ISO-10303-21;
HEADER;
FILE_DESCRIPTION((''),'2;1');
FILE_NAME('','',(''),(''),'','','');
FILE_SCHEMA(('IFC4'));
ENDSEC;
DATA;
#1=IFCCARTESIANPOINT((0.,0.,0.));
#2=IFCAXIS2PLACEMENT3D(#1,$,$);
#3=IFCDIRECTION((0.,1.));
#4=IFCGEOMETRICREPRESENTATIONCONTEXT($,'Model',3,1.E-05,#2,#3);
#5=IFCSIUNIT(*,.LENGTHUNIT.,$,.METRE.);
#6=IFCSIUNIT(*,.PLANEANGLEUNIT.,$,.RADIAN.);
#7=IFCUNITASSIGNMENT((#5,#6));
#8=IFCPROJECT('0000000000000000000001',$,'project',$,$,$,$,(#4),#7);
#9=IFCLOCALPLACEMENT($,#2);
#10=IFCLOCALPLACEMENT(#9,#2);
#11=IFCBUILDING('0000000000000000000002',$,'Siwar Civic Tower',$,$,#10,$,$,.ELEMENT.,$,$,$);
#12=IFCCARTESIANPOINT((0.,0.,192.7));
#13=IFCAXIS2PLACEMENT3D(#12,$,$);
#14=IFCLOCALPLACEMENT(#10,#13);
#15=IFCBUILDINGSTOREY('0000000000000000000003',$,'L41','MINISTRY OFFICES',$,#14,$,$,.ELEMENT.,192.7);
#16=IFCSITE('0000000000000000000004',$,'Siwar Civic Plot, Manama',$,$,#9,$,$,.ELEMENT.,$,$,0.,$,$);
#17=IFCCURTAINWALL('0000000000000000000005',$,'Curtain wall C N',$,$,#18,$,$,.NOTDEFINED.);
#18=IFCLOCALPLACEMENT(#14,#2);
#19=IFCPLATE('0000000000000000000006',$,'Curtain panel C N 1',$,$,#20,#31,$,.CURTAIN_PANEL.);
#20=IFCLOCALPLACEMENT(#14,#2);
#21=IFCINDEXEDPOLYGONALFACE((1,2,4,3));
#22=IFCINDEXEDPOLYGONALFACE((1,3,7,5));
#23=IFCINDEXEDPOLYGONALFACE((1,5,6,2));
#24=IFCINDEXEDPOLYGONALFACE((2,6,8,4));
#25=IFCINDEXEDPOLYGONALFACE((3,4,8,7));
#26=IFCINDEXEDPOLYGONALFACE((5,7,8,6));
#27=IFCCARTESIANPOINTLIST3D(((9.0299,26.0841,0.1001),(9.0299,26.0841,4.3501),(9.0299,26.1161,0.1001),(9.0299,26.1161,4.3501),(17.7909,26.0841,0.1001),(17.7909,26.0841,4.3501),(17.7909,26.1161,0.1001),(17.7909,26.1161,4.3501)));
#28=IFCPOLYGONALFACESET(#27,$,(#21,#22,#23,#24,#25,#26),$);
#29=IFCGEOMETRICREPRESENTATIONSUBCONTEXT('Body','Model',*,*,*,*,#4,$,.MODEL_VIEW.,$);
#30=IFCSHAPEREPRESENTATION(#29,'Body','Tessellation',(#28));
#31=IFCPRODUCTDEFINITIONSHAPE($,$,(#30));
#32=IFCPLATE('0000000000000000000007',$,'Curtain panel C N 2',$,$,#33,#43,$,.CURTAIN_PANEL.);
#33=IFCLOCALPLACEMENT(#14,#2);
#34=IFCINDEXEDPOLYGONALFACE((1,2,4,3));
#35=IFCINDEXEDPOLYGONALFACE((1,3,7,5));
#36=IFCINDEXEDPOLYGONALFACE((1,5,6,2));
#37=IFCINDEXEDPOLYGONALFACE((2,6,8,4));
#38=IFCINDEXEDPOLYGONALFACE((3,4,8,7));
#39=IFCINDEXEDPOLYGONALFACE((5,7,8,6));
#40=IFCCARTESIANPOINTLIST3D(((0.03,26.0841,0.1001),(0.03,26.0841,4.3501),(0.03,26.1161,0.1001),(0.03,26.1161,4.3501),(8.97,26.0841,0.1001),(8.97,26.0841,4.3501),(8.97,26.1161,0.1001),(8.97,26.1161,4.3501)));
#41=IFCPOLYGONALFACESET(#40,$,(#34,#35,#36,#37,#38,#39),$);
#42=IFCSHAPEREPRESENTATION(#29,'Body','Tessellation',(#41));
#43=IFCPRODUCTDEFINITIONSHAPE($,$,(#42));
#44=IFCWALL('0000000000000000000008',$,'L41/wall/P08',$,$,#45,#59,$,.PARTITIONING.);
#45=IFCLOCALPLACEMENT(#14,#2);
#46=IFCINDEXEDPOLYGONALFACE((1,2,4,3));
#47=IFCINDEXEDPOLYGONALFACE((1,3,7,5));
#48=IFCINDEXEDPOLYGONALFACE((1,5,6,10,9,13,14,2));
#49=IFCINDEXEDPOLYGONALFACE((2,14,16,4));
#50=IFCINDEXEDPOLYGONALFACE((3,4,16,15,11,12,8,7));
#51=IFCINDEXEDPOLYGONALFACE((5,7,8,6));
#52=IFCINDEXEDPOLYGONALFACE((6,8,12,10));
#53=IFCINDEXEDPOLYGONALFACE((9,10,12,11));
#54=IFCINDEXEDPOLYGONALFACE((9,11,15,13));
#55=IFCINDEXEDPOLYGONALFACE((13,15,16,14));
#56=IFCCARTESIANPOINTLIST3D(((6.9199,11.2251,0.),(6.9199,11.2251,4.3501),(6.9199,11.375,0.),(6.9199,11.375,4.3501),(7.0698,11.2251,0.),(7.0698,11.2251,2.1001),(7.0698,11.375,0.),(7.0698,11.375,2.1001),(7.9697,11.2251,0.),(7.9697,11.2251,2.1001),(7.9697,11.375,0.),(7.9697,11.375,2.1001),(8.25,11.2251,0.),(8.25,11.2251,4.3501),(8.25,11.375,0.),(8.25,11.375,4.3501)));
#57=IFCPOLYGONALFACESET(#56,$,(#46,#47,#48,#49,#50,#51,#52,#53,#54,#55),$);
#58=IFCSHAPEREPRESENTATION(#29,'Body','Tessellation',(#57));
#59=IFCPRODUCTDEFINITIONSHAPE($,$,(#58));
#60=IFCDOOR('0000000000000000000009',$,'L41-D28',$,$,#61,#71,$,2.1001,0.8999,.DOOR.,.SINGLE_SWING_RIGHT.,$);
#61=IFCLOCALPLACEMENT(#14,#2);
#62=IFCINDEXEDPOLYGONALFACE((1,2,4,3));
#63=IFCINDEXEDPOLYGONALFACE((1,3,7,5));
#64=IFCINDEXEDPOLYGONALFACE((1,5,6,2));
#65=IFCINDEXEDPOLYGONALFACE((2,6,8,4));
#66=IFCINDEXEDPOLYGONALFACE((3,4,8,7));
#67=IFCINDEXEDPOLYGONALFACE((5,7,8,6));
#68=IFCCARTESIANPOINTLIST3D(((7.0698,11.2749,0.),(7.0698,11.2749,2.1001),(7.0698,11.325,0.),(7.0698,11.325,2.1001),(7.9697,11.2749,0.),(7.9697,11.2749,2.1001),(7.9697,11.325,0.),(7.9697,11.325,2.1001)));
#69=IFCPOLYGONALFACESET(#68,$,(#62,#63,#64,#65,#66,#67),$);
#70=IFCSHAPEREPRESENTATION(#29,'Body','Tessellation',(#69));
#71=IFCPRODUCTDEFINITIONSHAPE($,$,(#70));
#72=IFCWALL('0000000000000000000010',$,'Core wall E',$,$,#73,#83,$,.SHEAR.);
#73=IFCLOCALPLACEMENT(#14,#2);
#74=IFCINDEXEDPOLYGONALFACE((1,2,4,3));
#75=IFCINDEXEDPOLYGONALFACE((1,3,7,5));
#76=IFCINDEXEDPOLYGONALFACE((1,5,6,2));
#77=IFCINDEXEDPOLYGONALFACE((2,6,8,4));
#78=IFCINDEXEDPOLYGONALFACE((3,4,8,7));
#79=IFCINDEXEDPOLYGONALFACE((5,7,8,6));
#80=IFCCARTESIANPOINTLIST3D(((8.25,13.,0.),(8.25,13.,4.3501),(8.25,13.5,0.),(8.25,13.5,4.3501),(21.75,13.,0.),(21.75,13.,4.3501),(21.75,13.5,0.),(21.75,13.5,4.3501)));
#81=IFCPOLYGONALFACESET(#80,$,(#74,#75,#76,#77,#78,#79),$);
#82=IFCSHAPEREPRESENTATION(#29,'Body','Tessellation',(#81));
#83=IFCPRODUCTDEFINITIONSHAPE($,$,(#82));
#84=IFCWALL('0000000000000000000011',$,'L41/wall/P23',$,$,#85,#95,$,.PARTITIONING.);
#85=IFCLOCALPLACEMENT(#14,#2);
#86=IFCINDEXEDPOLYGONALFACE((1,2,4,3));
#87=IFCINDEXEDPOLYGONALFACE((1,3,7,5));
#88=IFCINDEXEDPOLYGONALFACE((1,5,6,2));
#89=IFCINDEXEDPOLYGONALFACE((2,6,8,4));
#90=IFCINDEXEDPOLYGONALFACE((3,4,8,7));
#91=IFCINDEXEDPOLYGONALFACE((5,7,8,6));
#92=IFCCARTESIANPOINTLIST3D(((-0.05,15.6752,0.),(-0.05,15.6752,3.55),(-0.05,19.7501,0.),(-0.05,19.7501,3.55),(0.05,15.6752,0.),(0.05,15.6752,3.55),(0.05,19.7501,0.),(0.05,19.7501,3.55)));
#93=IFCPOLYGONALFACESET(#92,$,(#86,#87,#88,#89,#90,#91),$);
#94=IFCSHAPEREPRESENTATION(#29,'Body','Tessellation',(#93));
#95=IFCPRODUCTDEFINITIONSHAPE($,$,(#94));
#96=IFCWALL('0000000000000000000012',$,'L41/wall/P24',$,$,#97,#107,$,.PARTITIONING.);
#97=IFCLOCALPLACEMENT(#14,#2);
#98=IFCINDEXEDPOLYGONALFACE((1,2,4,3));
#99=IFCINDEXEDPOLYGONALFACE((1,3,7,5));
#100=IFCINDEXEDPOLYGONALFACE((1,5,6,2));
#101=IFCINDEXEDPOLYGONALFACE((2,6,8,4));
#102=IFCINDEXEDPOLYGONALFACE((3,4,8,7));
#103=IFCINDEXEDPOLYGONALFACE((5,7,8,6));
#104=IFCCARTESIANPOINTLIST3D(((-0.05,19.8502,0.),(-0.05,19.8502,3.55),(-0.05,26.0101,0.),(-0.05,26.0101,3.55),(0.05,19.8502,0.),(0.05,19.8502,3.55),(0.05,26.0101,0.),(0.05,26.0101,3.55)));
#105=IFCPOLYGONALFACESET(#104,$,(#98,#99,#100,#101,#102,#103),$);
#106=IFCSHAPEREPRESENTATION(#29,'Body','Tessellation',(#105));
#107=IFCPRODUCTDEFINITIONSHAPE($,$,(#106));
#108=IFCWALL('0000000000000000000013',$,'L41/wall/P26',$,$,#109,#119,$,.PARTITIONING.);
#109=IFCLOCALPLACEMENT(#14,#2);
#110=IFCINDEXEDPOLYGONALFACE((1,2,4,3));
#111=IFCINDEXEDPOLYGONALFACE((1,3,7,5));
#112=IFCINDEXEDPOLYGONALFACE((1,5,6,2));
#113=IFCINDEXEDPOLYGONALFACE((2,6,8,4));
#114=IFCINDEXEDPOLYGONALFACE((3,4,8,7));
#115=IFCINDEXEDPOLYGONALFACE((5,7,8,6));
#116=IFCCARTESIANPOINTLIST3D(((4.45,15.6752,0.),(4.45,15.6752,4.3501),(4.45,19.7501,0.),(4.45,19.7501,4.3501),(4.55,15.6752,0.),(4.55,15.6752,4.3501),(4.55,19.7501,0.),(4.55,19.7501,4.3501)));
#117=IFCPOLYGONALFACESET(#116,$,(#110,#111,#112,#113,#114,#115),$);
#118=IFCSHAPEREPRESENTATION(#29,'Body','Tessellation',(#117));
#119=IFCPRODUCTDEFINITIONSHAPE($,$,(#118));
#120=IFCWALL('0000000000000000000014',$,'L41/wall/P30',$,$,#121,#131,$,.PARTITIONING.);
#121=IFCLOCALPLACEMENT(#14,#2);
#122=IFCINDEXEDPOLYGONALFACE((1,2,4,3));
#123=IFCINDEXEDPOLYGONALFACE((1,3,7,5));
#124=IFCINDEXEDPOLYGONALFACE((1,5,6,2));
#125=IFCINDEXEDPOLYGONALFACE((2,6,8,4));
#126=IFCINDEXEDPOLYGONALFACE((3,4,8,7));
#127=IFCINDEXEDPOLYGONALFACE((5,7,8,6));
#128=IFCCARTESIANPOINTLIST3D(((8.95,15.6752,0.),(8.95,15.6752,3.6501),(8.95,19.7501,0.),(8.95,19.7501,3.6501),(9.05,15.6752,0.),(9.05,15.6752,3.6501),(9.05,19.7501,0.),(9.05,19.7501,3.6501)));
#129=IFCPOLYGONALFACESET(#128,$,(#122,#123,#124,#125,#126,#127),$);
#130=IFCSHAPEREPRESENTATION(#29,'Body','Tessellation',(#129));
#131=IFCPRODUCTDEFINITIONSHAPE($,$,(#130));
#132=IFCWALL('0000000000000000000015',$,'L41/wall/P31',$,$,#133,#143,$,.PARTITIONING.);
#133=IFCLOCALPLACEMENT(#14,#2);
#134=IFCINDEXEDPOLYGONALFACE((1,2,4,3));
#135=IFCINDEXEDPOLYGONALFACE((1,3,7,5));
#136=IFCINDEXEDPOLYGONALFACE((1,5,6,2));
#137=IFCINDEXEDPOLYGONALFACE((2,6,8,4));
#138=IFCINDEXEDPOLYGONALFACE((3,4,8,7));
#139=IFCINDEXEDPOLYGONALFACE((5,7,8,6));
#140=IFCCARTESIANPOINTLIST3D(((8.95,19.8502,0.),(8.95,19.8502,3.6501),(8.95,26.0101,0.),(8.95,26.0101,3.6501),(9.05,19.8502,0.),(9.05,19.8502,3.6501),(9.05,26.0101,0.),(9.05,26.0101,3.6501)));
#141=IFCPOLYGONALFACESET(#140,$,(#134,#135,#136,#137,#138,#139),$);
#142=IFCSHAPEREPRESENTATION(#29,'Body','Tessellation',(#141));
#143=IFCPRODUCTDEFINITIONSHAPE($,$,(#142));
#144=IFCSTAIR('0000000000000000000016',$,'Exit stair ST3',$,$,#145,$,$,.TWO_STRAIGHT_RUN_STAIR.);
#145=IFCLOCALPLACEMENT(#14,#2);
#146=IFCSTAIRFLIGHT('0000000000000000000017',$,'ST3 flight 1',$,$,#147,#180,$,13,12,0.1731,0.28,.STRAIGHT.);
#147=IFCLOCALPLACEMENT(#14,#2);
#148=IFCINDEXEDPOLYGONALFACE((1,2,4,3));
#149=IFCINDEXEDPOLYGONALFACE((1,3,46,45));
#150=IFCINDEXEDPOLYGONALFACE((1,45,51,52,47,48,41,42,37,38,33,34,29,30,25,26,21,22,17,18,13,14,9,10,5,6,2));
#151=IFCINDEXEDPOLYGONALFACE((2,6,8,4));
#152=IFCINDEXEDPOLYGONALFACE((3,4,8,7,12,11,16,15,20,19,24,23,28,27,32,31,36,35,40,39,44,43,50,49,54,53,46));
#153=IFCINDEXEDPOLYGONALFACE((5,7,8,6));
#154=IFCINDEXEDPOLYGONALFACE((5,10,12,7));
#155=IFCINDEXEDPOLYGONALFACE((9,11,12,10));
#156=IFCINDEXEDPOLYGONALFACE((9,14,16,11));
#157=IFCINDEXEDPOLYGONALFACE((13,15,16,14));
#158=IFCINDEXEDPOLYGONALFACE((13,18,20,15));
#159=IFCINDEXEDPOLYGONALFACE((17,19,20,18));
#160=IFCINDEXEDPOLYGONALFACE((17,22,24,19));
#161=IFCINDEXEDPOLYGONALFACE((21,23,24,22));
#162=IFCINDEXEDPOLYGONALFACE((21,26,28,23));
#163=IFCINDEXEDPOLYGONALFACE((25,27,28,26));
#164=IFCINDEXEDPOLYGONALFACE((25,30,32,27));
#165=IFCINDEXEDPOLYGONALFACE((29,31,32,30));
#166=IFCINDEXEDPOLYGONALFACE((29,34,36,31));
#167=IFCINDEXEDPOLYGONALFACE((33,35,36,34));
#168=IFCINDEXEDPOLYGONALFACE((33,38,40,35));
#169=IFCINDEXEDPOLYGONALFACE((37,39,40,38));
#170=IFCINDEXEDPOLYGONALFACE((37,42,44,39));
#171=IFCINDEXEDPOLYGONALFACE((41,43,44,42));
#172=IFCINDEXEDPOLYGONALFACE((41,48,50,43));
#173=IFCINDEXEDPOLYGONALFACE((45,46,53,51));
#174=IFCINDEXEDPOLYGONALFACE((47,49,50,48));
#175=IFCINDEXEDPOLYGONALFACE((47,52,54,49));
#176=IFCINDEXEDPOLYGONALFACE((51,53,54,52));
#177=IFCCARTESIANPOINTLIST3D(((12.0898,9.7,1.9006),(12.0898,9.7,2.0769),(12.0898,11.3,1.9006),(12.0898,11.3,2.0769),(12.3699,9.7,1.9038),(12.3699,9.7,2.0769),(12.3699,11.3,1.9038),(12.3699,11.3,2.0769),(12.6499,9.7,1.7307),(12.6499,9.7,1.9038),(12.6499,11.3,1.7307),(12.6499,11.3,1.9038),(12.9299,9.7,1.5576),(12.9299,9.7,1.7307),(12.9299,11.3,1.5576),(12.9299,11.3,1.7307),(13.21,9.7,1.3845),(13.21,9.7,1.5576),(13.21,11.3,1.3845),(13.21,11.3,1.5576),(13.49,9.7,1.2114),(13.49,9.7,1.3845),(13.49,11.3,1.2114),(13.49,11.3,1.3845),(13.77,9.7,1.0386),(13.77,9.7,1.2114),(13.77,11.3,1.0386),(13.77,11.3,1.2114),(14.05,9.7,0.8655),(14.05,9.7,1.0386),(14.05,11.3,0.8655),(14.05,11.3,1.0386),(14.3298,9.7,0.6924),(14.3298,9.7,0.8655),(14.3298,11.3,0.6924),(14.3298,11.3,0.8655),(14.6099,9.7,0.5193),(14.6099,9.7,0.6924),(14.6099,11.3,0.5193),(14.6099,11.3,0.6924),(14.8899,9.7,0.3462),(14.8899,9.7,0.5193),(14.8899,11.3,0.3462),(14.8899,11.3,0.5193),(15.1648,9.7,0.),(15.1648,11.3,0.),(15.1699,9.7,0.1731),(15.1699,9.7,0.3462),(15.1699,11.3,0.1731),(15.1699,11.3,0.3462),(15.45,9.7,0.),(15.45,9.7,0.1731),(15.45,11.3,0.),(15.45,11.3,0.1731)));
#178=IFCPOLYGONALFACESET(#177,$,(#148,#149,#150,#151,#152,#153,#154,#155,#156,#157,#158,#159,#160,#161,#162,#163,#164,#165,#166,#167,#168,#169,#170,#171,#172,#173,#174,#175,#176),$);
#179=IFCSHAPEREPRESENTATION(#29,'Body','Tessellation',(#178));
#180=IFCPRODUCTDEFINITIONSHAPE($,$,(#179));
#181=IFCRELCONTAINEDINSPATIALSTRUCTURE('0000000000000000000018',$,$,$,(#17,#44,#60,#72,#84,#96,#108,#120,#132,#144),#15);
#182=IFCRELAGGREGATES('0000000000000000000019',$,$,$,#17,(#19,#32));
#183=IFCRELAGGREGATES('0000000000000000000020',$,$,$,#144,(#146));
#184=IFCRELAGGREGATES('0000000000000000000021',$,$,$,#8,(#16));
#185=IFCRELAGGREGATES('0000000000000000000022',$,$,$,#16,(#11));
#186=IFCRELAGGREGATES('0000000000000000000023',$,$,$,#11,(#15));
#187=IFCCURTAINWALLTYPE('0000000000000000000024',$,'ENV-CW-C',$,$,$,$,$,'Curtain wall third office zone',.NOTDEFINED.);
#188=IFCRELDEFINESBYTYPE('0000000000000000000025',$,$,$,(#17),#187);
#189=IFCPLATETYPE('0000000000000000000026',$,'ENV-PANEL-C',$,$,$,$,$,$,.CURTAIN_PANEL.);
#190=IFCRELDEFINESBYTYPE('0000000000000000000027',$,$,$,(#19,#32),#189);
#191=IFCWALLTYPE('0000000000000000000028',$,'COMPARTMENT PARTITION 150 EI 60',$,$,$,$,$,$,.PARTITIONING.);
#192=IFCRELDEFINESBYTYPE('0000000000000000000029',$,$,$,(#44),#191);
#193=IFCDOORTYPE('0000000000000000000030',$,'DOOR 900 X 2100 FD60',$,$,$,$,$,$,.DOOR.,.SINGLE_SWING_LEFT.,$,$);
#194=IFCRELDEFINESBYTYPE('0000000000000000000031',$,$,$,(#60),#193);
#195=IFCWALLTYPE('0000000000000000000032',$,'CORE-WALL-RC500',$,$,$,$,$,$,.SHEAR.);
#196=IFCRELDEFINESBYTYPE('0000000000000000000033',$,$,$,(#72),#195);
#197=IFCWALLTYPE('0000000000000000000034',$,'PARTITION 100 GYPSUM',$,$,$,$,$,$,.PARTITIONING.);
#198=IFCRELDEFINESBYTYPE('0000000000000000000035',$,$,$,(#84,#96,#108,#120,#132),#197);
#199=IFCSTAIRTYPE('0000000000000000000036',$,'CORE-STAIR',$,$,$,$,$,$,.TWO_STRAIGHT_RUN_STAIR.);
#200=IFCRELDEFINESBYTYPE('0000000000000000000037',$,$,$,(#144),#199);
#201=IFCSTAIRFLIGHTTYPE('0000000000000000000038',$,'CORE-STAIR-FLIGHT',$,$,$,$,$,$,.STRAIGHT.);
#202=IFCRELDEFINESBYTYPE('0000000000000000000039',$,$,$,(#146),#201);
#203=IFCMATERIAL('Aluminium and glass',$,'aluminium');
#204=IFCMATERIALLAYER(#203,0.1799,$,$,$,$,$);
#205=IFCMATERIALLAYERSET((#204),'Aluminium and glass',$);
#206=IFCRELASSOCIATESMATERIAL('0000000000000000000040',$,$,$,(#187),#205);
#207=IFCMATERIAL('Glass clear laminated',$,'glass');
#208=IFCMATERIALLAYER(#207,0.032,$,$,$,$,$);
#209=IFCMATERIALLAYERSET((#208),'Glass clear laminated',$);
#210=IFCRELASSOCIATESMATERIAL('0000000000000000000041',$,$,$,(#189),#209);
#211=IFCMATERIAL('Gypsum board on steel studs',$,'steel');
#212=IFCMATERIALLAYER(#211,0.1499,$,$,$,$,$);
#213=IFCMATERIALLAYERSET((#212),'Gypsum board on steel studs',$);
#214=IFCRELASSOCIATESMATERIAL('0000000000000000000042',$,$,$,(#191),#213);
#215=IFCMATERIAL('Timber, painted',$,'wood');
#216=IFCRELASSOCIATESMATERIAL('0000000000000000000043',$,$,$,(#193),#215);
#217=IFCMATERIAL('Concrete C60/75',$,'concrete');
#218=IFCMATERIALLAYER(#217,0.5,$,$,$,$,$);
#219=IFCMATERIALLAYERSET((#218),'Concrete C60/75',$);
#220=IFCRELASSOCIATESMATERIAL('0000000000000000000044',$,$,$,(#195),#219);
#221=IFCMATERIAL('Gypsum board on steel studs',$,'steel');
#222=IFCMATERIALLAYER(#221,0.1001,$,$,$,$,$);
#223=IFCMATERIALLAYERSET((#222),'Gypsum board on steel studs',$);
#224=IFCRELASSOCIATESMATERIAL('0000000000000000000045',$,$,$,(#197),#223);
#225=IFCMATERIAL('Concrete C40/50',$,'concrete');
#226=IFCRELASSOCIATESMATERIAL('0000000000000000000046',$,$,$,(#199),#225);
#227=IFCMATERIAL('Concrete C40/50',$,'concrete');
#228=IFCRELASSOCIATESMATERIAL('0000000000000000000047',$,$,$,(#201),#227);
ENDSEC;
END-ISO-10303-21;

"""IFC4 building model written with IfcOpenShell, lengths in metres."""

from ifc_helpers import new_model, si_unit, direction, frame, frame_2d, origin, origin_2d, place, context, subcontext, project, spatial, polyline, rectangle, outline, extrude, material, layer, layer_set, type_object, element, fill, aggregate, save


model = new_model("IFC4")

# Units and contexts
model_context = context("Model", 3, precision=1e-05, world=origin(), true_north=direction((0.0, 1.0)))
body_context = subcontext(model_context, "Body", "Model", "MODEL_VIEW")
ifc_project = project(units=[si_unit("LENGTHUNIT", "METRE"), si_unit("PLANEANGLEUNIT", "RADIAN")], contexts=[model_context])

# Site, building, storey
site_placement = place(None, origin())
site = spatial("IfcSite", under=ifc_project, at=site_placement, Name="Siwar Civic Plot, Manama", CompositionType="ELEMENT", RefElevation=0.0)
building_placement = place(site_placement, origin())
building = spatial("IfcBuilding", under=site, at=building_placement, Name="Siwar Civic Tower", CompositionType="ELEMENT")
storey_placement = place(building_placement, frame((0.0, 0.0, 192.7)))
storey = spatial("IfcBuildingStorey", under=building, at=storey_placement, Name="L41", Description="MINISTRY OFFICES", CompositionType="ELEMENT", Elevation=192.7)

# Curtain wall
ifc_material_1 = material(Name="Aluminium and glass", Category="aluminium")
ifc_layer_1 = layer(ifc_material_1, 0.1799)
ifc_layer_set_1 = layer_set([ifc_layer_1], Name="Aluminium and glass")
curtain_wall_type = type_object("IfcCurtainWallType", Name="ENV-CW-C", ElementType="Curtain wall third office zone", PredefinedType="NOTDEFINED", material=ifc_layer_set_1)
curtain_wall_placement = place(storey_placement, origin())
curtain_wall = element("IfcCurtainWall", 1, at=curtain_wall_placement, inside=storey, type_object=curtain_wall_type, Name="Curtain wall C N", PredefinedType="NOTDEFINED")

# Plates
ifc_material_2 = material(Name="Glass clear laminated", Category="glass")
ifc_layer_2 = layer(ifc_material_2, 0.032)
ifc_layer_set_2 = layer_set([ifc_layer_2], Name="Glass clear laminated")
plate_type = type_object("IfcPlateType", Name="ENV-PANEL-C", PredefinedType="CURTAIN_PANEL", material=ifc_layer_set_2)
plate_1_placement = place(storey_placement, frame((13.4104, 26.1001, 0.1001), z_axis=(0.0, 0.0, 1.0), x_axis=(-1.0, 0.0, 0.0)))
plate_1 = element("IfcPlate", 2, at=plate_1_placement, type_object=plate_type, Name="Curtain panel C N 1", PredefinedType="CURTAIN_PANEL", context=body_context, shape_type="SweptSolid", body=[
    extrude(rectangle(XDim=8.761, YDim=0.032, at=origin_2d()), origin(), (0.0, 0.0, 1.0), 4.25),
])
plate_2_placement = place(storey_placement, frame((4.5, 26.1001, 0.1001), z_axis=(0.0, 0.0, 1.0), x_axis=(-1.0, 0.0, 0.0)))
plate_2 = element("IfcPlate", 3, at=plate_2_placement, type_object=plate_type, Name="Curtain panel C N 2", PredefinedType="CURTAIN_PANEL", context=body_context, shape_type="SweptSolid", body=[
    extrude(rectangle(XDim=8.9399, YDim=0.032, at=origin_2d()), origin(), (0.0, 0.0, 1.0), 4.25),
])
aggregate(curtain_wall, [plate_1, plate_2])

# Wall, opening, door
ifc_material_3 = material(Name="Gypsum board on steel studs", Category="steel")
ifc_layer_3 = layer(ifc_material_3, 0.1499)
ifc_layer_set_3 = layer_set([ifc_layer_3], Name="Gypsum board on steel studs")
wall_type_1 = type_object("IfcWallType", Name="COMPARTMENT PARTITION 150 EI 60", PredefinedType="PARTITIONING", material=ifc_layer_set_3)
wall_1_placement = place(storey_placement, frame((6.9199, 11.3, 0.0), z_axis=(0.0, 0.0, 1.0), x_axis=(1.0, 0.0, 0.0)))
wall_1 = element("IfcWall", 4, at=wall_1_placement, inside=storey, type_object=wall_type_1, Name="L41/wall/P08", PredefinedType="PARTITIONING", context=body_context, shape_type="SweptSolid", body=[
    extrude(rectangle(XDim=1.3301, YDim=0.1499, at=frame_2d((0.665, 0.0))), origin(), (0.0, 0.0, 1.0), 4.3501),
])
opening_placement = place(wall_1_placement, frame((0.1499, 0.0, 0.0)))
opening = element("IfcOpeningElement", 5, at=opening_placement, cuts=wall_1, PredefinedType="OPENING", context=body_context, shape_type="SweptSolid", body=[
    extrude(rectangle(XDim=0.8999, YDim=2.1001, at=frame_2d((0.45, 1.05))), frame((0.0, 0.085, 0.0), z_axis=(0.0, -1.0, 0.0), x_axis=(1.0, 0.0, 0.0)), (0.0, 0.0, 1.0), 0.1699),
])
ifc_material_4 = material(Name="Timber, painted", Category="wood")
door_type = type_object("IfcDoorType", Name="DOOR 900 X 2100 FD60", OperationType="SINGLE_SWING_LEFT", PredefinedType="DOOR", material=ifc_material_4)
door_placement = place(opening_placement, origin())
door = element("IfcDoor", 6, at=door_placement, inside=storey, type_object=door_type, Name="L41-D28", OperationType="SINGLE_SWING_RIGHT", OverallHeight=2.1001, OverallWidth=0.8999, PredefinedType="DOOR", context=body_context, shape_type="SweptSolid", body=[
    extrude(rectangle(XDim=0.8999, YDim=2.1001, at=frame_2d((0.45, 1.05))), frame((0.0, 0.0249, 0.0), z_axis=(0.0, -1.0, 0.0), x_axis=(1.0, 0.0, 0.0)), (0.0, 0.0, 1.0), 0.05),
])
fill(opening, door)

# Walls
ifc_material_5 = material(Name="Concrete C60/75", Category="concrete")
ifc_layer_4 = layer(ifc_material_5, 0.5)
ifc_layer_set_4 = layer_set([ifc_layer_4], Name="Concrete C60/75")
wall_type_2 = type_object("IfcWallType", Name="CORE-WALL-RC500", PredefinedType="SHEAR", material=ifc_layer_set_4)
wall_2_placement = place(storey_placement, frame((8.25, 13.25, 0.0), z_axis=(0.0, 0.0, 1.0), x_axis=(1.0, 0.0, 0.0)))
element("IfcWall", 7, at=wall_2_placement, inside=storey, type_object=wall_type_2, Name="Core wall E", PredefinedType="SHEAR", context=body_context, shape_type="SweptSolid", body=[
    extrude(rectangle(XDim=13.5, YDim=0.5, at=frame_2d((6.75, 0.0))), origin(), (0.0, 0.0, 1.0), 4.3501),
])
ifc_material_6 = material(Name="Gypsum board on steel studs", Category="steel")
ifc_layer_5 = layer(ifc_material_6, 0.1001)
ifc_layer_set_5 = layer_set([ifc_layer_5], Name="Gypsum board on steel studs")
wall_type_3 = type_object("IfcWallType", Name="PARTITION 100 GYPSUM", PredefinedType="PARTITIONING", material=ifc_layer_set_5)
wall_3_placement = place(storey_placement, frame((0.0, 15.675, 0.0), z_axis=(0.0, 0.0, 1.0), x_axis=(0.0, 1.0, 0.0)))
element("IfcWall", 8, at=wall_3_placement, inside=storey, type_object=wall_type_3, Name="L41/wall/P23", PredefinedType="PARTITIONING", context=body_context, shape_type="SweptSolid", body=[
    extrude(rectangle(XDim=4.075, YDim=0.1001, at=frame_2d((2.0376, 0.0))), origin(), (0.0, 0.0, 1.0), 3.55),
])
wall_4_placement = place(storey_placement, frame((0.0, 19.8501, 0.0), z_axis=(0.0, 0.0, 1.0), x_axis=(0.0, 1.0, 0.0)))
element("IfcWall", 9, at=wall_4_placement, inside=storey, type_object=wall_type_3, Name="L41/wall/P24", PredefinedType="PARTITIONING", context=body_context, shape_type="SweptSolid", body=[
    extrude(rectangle(XDim=6.1599, YDim=0.1001, at=frame_2d((3.0801, 0.0))), origin(), (0.0, 0.0, 1.0), 3.55),
])
wall_5_placement = place(storey_placement, frame((4.5, 15.675, 0.0), z_axis=(0.0, 0.0, 1.0), x_axis=(0.0, 1.0, 0.0)))
element("IfcWall", 10, at=wall_5_placement, inside=storey, type_object=wall_type_3, Name="L41/wall/P26", PredefinedType="PARTITIONING", context=body_context, shape_type="SweptSolid", body=[
    extrude(rectangle(XDim=4.075, YDim=0.1001, at=frame_2d((2.0376, 0.0))), origin(), (0.0, 0.0, 1.0), 4.3501),
])
wall_6_placement = place(storey_placement, frame((9.0, 15.675, 0.0), z_axis=(0.0, 0.0, 1.0), x_axis=(0.0, 1.0, 0.0)))
element("IfcWall", 11, at=wall_6_placement, inside=storey, type_object=wall_type_3, Name="L41/wall/P30", PredefinedType="PARTITIONING", context=body_context, shape_type="SweptSolid", body=[
    extrude(rectangle(XDim=4.075, YDim=0.1001, at=frame_2d((2.0376, 0.0))), origin(), (0.0, 0.0, 1.0), 3.6501),
])
wall_7_placement = place(storey_placement, frame((9.0, 19.8501, 0.0), z_axis=(0.0, 0.0, 1.0), x_axis=(0.0, 1.0, 0.0)))
element("IfcWall", 12, at=wall_7_placement, inside=storey, type_object=wall_type_3, Name="L41/wall/P31", PredefinedType="PARTITIONING", context=body_context, shape_type="SweptSolid", body=[
    extrude(rectangle(XDim=6.1599, YDim=0.1001, at=frame_2d((3.0801, 0.0))), origin(), (0.0, 0.0, 1.0), 3.6501),
])

# Stair, stair flight
ifc_material_7 = material(Name="Concrete C40/50", Category="concrete")
stair_type = type_object("IfcStairType", Name="CORE-STAIR", PredefinedType="TWO_STRAIGHT_RUN_STAIR", material=ifc_material_7)
stair_placement = place(storey_placement, origin())
stair = element("IfcStair", 13, at=stair_placement, inside=storey, type_object=stair_type, Name="Exit stair ST3", PredefinedType="TWO_STRAIGHT_RUN_STAIR")
ifc_material_8 = material(Name="Concrete C40/50", Category="concrete")
stair_flight_type = type_object("IfcStairFlightType", Name="CORE-STAIR-FLIGHT", PredefinedType="STRAIGHT", material=ifc_material_8)
stair_flight_1_placement = place(storey_placement, frame((15.45, 10.5, 0.0), z_axis=(0.0, 0.0, 1.0), x_axis=(-1.0, 0.0, 0.0)))
stair_flight_1 = element("IfcStairFlight", 14, at=stair_flight_1_placement, type_object=stair_flight_type, Name="ST3 flight 1", NumberOfRisers=13, NumberOfTreads=12, PredefinedType="STRAIGHT", RiserHeight=0.1731, TreadLength=0.28, context=body_context, shape_type="SweptSolid", body=[
    extrude(outline(polyline([(0.0, 0.0), (0.0, 0.1731), (0.28, 0.1731), (0.28, 0.3462), (0.5601, 0.3462), (0.5601, 0.5193), (0.8401, 0.5193), (0.8401, 0.6924), (1.1201, 0.6924), (1.1201, 0.8655), (1.3999, 0.8655), (1.3999, 1.0386), (1.6799, 1.0386), (1.6799, 1.2114), (1.96, 1.2114), (1.96, 1.3845), (2.24, 1.3845), (2.24, 1.5576), (2.52, 1.5576), (2.52, 1.7307), (2.8, 1.7307), (2.8, 1.9038), (3.0801, 1.9038), (3.0801, 2.0769), (3.3601, 2.0769), (3.3601, 2.25), (3.3601, 1.9006), (0.2852, 0.0), (0.0, 0.0)])), frame((0.0, 0.8, 0.0), z_axis=(0.0, -1.0, 0.0), x_axis=(1.0, 0.0, 0.0)), (0.0, 0.0, 1.0), 1.6001),
])
aggregate(stair, [stair_flight_1])

save(model, "model.ifc")
